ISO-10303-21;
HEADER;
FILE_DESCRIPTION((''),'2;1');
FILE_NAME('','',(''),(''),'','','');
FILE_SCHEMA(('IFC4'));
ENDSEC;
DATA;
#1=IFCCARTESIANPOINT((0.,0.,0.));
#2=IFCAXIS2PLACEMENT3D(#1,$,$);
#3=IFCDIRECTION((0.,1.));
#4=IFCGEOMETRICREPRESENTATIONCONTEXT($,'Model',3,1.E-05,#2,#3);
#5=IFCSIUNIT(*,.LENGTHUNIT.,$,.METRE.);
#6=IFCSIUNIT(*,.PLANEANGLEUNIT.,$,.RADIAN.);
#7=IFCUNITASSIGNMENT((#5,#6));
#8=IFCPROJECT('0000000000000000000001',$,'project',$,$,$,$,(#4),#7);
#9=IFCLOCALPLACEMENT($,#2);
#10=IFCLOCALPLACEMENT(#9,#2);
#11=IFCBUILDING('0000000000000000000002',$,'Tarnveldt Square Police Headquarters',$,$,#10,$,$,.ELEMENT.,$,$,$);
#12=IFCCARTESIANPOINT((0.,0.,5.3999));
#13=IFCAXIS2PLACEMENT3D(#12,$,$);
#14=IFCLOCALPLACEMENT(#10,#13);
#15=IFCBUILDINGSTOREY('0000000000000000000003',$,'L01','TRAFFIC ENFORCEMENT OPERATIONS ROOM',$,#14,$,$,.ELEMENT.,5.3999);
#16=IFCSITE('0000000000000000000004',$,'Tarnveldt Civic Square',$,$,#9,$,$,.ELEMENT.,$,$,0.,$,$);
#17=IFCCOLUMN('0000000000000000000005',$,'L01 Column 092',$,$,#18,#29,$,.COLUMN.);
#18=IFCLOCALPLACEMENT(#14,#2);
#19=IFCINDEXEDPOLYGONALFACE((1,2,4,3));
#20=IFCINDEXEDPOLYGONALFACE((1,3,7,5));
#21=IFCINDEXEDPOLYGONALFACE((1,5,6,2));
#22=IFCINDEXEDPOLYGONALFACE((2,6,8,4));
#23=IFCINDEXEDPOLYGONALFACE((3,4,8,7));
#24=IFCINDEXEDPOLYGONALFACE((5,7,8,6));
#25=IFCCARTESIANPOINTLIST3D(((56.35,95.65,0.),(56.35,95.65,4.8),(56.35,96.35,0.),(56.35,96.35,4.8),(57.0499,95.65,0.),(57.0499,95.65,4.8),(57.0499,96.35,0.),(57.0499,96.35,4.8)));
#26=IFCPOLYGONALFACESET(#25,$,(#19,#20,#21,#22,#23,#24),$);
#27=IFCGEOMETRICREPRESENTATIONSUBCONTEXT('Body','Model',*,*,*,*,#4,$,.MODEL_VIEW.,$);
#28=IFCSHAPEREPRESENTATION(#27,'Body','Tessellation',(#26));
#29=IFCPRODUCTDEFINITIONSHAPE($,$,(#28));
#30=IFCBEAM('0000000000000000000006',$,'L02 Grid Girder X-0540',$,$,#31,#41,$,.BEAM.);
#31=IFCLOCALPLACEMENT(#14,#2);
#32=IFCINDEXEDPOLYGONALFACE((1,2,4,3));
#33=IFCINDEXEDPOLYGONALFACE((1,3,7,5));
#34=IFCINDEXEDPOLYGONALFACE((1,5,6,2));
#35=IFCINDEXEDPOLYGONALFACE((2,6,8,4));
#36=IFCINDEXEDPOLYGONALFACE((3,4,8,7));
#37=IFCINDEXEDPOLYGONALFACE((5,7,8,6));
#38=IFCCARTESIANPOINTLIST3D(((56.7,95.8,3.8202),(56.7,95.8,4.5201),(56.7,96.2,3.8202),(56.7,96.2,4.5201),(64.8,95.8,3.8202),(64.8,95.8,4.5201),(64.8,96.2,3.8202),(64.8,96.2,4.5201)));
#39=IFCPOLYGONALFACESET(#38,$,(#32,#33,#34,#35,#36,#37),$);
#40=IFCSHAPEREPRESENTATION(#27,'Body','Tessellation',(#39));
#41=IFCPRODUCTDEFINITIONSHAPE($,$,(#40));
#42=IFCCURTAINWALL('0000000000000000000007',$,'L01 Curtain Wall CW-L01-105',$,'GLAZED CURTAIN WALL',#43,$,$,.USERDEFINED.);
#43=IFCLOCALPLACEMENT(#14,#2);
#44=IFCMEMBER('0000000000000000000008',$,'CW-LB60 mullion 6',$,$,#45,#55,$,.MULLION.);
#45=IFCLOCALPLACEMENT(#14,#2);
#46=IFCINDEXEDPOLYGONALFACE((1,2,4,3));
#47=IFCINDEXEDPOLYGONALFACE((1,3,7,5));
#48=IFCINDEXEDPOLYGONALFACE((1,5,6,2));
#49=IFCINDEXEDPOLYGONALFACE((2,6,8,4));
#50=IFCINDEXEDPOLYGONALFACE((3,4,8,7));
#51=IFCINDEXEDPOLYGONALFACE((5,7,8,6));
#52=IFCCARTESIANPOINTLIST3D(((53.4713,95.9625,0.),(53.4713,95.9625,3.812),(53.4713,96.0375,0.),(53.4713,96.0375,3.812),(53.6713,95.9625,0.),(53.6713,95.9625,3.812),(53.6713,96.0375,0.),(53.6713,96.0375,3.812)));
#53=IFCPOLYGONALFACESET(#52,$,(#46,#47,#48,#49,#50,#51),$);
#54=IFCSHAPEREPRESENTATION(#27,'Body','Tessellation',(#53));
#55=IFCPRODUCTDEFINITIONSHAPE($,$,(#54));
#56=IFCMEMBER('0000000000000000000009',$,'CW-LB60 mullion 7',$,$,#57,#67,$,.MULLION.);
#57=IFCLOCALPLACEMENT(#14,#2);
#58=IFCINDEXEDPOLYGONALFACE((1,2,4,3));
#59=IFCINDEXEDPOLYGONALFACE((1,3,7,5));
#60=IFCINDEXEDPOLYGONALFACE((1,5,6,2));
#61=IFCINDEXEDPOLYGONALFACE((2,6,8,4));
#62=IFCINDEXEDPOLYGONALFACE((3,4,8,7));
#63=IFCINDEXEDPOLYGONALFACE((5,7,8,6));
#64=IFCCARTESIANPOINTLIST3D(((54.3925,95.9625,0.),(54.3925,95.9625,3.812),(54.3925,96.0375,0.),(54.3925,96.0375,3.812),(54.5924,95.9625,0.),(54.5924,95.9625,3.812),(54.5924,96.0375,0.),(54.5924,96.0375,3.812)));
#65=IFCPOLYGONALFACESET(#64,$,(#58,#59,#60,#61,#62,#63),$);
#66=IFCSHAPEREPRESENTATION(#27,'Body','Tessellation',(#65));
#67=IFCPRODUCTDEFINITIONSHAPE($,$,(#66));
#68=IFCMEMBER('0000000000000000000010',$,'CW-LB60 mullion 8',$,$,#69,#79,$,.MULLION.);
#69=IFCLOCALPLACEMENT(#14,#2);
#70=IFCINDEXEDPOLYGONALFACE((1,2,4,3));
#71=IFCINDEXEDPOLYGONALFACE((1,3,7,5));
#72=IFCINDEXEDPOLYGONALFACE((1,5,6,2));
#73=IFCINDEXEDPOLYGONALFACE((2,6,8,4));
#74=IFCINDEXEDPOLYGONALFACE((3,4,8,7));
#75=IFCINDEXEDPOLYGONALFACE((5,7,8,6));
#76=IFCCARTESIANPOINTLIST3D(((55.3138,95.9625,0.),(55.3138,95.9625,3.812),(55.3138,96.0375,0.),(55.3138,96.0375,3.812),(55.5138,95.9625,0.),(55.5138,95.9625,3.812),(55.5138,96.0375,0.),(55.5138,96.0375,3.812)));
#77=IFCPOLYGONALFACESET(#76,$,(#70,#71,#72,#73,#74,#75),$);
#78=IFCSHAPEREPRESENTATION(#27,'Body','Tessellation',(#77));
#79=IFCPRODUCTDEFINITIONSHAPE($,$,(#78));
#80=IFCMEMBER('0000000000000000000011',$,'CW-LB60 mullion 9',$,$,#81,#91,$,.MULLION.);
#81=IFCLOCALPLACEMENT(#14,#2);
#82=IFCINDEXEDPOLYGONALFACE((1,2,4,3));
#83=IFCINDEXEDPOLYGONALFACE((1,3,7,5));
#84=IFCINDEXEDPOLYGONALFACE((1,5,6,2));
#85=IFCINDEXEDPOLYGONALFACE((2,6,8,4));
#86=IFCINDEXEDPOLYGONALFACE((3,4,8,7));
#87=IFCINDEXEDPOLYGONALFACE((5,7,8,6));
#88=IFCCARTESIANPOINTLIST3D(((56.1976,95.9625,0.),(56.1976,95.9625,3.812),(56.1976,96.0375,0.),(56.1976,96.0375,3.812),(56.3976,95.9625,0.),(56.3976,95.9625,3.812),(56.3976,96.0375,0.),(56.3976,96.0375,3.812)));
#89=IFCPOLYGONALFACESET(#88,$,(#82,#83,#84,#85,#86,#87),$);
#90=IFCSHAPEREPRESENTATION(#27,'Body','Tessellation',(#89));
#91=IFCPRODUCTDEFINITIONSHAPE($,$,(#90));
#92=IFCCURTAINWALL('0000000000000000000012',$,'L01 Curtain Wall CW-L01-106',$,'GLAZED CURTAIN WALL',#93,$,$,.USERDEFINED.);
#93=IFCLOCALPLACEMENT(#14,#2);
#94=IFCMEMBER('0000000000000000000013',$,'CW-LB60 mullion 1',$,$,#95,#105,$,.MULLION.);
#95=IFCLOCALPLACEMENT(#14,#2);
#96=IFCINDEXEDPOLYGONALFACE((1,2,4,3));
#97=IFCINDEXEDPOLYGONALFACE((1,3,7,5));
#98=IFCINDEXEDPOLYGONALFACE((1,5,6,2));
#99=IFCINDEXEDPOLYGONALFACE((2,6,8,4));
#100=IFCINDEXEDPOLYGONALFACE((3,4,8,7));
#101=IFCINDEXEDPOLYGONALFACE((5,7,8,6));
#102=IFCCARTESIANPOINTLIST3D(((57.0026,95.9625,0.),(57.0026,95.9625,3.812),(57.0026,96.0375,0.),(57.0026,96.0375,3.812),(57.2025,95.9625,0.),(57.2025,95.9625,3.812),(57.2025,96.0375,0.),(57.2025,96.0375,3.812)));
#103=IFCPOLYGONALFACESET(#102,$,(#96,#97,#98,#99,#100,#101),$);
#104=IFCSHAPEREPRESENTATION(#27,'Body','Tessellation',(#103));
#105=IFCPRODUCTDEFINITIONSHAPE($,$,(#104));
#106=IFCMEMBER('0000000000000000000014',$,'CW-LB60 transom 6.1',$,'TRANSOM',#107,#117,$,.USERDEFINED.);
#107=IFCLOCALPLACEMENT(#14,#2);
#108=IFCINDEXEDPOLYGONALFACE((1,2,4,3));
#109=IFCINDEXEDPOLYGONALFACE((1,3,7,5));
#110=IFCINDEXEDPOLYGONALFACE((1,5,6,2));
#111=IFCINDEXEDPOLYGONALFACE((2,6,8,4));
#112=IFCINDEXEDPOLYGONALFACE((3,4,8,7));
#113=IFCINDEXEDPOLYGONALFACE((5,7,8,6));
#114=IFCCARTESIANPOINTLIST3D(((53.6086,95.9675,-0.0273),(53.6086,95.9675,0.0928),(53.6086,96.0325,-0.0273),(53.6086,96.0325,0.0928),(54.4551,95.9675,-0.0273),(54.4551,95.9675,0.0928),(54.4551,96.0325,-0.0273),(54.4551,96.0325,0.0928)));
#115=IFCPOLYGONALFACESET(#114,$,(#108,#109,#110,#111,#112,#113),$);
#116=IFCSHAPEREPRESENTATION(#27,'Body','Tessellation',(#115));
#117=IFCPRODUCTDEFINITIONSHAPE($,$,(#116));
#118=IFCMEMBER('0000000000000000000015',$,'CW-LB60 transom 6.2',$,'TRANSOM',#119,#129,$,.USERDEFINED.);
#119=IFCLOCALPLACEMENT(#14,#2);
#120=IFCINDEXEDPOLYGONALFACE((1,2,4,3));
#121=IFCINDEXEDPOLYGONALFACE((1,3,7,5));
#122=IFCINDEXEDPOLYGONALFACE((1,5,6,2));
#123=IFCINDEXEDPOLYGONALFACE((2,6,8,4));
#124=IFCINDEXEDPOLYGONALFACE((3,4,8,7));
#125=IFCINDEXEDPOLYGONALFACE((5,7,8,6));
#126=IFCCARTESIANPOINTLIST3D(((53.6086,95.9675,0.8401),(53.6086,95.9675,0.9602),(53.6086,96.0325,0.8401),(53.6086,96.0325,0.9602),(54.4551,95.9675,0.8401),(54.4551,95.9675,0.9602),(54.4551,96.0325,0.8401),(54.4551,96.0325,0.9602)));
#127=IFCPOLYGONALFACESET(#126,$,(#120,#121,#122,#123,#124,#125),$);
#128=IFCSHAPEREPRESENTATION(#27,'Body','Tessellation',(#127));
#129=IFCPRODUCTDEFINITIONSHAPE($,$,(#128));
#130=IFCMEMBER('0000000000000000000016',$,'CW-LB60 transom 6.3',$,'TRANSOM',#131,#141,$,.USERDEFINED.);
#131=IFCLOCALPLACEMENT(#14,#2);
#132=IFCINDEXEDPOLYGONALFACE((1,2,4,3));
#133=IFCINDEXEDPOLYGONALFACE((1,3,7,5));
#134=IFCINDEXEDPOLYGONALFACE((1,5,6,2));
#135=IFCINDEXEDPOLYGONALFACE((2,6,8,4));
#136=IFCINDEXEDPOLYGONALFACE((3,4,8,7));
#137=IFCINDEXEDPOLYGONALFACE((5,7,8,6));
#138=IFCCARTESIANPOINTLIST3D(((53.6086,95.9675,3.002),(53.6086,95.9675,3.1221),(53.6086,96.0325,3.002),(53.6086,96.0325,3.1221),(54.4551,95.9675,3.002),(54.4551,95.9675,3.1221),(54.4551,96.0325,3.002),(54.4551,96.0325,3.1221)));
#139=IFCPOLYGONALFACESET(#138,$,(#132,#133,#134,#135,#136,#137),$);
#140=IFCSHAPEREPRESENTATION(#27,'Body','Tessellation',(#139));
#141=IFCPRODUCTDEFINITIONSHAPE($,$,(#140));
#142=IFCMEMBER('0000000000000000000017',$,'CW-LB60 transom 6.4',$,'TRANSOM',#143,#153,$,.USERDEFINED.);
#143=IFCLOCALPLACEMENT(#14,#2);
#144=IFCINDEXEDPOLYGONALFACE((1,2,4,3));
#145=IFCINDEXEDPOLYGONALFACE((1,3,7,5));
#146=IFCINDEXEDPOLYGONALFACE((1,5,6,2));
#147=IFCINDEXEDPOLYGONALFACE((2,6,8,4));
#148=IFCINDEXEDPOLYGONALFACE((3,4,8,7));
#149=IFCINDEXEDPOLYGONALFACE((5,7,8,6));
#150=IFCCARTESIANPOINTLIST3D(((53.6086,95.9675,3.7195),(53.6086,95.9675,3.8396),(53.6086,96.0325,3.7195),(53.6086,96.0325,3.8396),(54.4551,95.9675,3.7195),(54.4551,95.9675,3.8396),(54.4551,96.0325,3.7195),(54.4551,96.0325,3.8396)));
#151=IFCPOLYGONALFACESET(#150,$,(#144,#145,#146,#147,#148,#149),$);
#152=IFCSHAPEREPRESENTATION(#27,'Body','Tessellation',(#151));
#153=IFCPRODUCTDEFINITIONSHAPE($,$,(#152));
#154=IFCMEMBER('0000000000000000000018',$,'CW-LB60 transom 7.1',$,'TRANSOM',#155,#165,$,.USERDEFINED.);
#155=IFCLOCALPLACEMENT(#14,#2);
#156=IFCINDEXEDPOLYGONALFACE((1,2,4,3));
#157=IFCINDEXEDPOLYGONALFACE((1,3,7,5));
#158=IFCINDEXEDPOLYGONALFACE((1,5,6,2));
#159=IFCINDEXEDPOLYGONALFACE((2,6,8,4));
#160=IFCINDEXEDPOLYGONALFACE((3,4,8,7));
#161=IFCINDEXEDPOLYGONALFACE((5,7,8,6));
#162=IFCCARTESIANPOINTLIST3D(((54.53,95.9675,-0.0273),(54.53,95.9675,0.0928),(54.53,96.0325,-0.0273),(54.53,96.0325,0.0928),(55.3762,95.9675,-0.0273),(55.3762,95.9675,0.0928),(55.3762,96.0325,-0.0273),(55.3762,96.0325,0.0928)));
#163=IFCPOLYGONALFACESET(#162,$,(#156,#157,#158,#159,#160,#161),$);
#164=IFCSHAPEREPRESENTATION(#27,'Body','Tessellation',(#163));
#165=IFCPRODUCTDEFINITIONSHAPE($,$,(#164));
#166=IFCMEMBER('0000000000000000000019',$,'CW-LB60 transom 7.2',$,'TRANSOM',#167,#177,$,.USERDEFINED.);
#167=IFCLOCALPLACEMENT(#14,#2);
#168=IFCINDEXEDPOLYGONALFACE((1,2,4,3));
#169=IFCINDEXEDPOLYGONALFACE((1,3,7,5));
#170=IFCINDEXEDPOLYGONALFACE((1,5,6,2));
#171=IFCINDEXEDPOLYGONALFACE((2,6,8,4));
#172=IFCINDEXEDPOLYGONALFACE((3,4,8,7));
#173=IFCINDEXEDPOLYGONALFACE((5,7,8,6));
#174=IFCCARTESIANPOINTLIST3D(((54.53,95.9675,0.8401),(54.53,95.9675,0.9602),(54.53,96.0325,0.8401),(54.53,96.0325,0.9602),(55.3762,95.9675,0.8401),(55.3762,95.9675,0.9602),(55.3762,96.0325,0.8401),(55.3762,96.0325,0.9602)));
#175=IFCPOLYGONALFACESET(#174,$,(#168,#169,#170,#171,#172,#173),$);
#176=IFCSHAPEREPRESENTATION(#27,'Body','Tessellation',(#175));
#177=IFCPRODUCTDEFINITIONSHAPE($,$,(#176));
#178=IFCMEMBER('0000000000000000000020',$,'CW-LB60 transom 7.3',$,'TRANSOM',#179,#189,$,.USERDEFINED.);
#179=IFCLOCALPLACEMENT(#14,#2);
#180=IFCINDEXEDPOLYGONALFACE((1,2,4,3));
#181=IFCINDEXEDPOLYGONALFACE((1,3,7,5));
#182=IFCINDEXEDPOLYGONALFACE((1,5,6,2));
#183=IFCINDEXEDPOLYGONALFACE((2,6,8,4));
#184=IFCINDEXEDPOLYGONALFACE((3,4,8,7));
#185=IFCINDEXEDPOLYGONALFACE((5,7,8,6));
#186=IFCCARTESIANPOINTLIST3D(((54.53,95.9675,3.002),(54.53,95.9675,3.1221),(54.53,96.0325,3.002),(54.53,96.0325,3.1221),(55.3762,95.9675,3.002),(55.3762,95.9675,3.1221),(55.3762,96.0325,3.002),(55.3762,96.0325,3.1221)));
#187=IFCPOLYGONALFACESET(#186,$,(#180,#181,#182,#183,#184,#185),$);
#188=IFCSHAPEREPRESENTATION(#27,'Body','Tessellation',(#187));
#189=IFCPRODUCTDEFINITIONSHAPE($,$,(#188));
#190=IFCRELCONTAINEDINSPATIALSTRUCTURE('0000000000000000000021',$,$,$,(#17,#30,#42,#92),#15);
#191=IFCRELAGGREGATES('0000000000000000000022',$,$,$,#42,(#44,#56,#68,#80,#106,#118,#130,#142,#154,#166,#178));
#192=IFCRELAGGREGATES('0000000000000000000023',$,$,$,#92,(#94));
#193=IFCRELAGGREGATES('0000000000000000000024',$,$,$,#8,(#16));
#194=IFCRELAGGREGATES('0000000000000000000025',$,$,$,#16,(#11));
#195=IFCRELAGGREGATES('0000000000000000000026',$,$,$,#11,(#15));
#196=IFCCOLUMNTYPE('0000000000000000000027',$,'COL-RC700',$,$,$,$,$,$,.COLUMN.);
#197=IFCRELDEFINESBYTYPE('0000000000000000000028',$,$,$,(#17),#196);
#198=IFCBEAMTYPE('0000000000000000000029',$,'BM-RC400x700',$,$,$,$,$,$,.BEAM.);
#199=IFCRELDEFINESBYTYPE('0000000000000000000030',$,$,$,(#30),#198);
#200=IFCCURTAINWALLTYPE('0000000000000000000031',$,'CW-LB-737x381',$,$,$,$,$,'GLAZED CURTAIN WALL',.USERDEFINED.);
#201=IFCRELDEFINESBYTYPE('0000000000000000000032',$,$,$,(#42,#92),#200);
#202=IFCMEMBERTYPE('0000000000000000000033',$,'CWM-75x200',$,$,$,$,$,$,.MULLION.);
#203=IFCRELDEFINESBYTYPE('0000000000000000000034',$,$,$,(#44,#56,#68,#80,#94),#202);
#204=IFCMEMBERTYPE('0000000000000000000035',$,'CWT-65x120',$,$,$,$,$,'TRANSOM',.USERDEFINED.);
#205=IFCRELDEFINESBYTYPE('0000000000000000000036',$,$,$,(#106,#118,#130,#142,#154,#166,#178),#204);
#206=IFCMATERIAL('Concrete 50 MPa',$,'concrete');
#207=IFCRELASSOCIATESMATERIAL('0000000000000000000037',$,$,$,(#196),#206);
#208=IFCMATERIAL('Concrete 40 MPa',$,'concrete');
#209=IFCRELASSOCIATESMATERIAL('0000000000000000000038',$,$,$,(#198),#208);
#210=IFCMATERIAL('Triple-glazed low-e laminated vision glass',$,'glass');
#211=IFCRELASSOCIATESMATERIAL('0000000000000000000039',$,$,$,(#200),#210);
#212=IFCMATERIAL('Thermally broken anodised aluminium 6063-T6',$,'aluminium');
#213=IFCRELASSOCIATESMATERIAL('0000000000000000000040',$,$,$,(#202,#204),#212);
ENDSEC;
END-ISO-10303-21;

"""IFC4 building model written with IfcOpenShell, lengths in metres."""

from ifc_helpers import new_model, si_unit, direction, frame, origin, origin_2d, place, context, subcontext, project, spatial, rectangle, extrude, material, material_profile, profile_set, type_object, element, aggregate, save


model = new_model("IFC4")

# Units and contexts
model_context = context("Model", 3, precision=1e-05, world=origin(), true_north=direction((0.0, 1.0)))
body_context = subcontext(model_context, "Body", "Model", "MODEL_VIEW")
ifc_project = project(units=[si_unit("LENGTHUNIT", "METRE"), si_unit("PLANEANGLEUNIT", "RADIAN")], contexts=[model_context])

# Site, building, storey
site_placement = place(None, origin())
site = spatial("IfcSite", under=ifc_project, at=site_placement, Name="Tarnveldt Civic Square", CompositionType="ELEMENT", RefElevation=0.0)
building_placement = place(site_placement, origin())
building = spatial("IfcBuilding", under=site, at=building_placement, Name="Tarnveldt Square Police Headquarters", CompositionType="ELEMENT")
storey_placement = place(building_placement, frame((0.0, 0.0, 5.3999)))
storey = spatial("IfcBuildingStorey", under=building, at=storey_placement, Name="L01", Description="TRAFFIC ENFORCEMENT OPERATIONS ROOM", CompositionType="ELEMENT", Elevation=5.3999)

# Column
ifc_material_1 = material(Name="Concrete 50 MPa", Category="concrete")
ifc_material_profile_1 = material_profile(ifc_material_1, rectangle(XDim=0.7, YDim=0.7, at=origin_2d()), Name="RC-C700x700")
ifc_profile_set_1 = profile_set([ifc_material_profile_1], Name="Concrete 50 MPa")
column_type = type_object("IfcColumnType", Name="COL-RC700", PredefinedType="COLUMN", material=ifc_profile_set_1)
column_placement = place(storey_placement, frame((56.7, 96.0, 0.0), z_axis=(0.0, 0.0, 1.0), x_axis=(1.0, 0.0, 0.0)))
element("IfcColumn", 1, at=column_placement, inside=storey, type_object=column_type, Name="L01 Column 092", PredefinedType="COLUMN", context=body_context, shape_type="SweptSolid", body=[
    extrude(rectangle(XDim=0.7, YDim=0.7, at=origin_2d()), origin(), (0.0, 0.0, 1.0), 4.8),
])

# Beam
ifc_material_2 = material(Name="Concrete 40 MPa", Category="concrete")
ifc_material_profile_2 = material_profile(ifc_material_2, rectangle(XDim=0.3999, YDim=0.7, at=origin_2d()), Name="RC-B400x700")
ifc_profile_set_2 = profile_set([ifc_material_profile_2], Name="Concrete 40 MPa")
beam_type = type_object("IfcBeamType", Name="BM-RC400x700", PredefinedType="BEAM", material=ifc_profile_set_2)
beam_placement = place(storey_placement, frame((56.7, 96.0, 4.1702), z_axis=(1.0, 0.0, 0.0), x_axis=(0.0, 1.0, 0.0)))
element("IfcBeam", 2, at=beam_placement, inside=storey, type_object=beam_type, Name="L02 Grid Girder X-0540", PredefinedType="BEAM", context=body_context, shape_type="SweptSolid", body=[
    extrude(rectangle(XDim=0.3999, YDim=0.7, at=origin_2d()), origin(), (0.0, 0.0, 1.0), 8.1001),
])

# Curtain wall, members
ifc_material_3 = material(Name="Triple-glazed low-e laminated vision glass", Category="glass")
curtain_wall_type = type_object("IfcCurtainWallType", Name="CW-LB-737x381", ElementType="GLAZED CURTAIN WALL", PredefinedType="USERDEFINED", material=ifc_material_3)
curtain_wall_1_placement = place(storey_placement, origin())
curtain_wall_1 = element("IfcCurtainWall", 3, at=curtain_wall_1_placement, inside=storey, type_object=curtain_wall_type, Name="L01 Curtain Wall CW-L01-105", ObjectType="GLAZED CURTAIN WALL", PredefinedType="USERDEFINED")
ifc_material_4 = material(Name="Thermally broken anodised aluminium 6063-T6", Category="aluminium")
ifc_material_profile_3 = material_profile(ifc_material_4, rectangle(XDim=0.075, YDim=0.2, at=origin_2d()), Name="CW-M75x200")
ifc_profile_set_3 = profile_set([ifc_material_profile_3], Name="Thermally broken anodised aluminium 6063-T6")
member_type_1 = type_object("IfcMemberType", Name="CWM-75x200", PredefinedType="MULLION", material=ifc_profile_set_3)
member_1_placement = place(storey_placement, frame((53.5713, 96.0, 0.0), z_axis=(0.0, 0.0, 1.0), x_axis=(0.0, 1.0, 0.0)))
member_1 = element("IfcMember", 4, at=member_1_placement, type_object=member_type_1, Name="CW-LB60 mullion 6", PredefinedType="MULLION", context=body_context, shape_type="SweptSolid", body=[
    extrude(rectangle(XDim=0.075, YDim=0.2, at=origin_2d()), origin(), (0.0, 0.0, 1.0), 3.812),
])
member_2_placement = place(storey_placement, frame((54.4924, 96.0, 0.0), z_axis=(0.0, 0.0, 1.0), x_axis=(0.0, 1.0, 0.0)))
member_2 = element("IfcMember", 5, at=member_2_placement, type_object=member_type_1, Name="CW-LB60 mullion 7", PredefinedType="MULLION", context=body_context, shape_type="SweptSolid", body=[
    extrude(rectangle(XDim=0.075, YDim=0.2, at=origin_2d()), origin(), (0.0, 0.0, 1.0), 3.812),
])
member_3_placement = place(storey_placement, frame((55.4138, 96.0, 0.0), z_axis=(0.0, 0.0, 1.0), x_axis=(0.0, 1.0, 0.0)))
member_3 = element("IfcMember", 6, at=member_3_placement, type_object=member_type_1, Name="CW-LB60 mullion 8", PredefinedType="MULLION", context=body_context, shape_type="SweptSolid", body=[
    extrude(rectangle(XDim=0.075, YDim=0.2, at=origin_2d()), origin(), (0.0, 0.0, 1.0), 3.812),
])
member_4_placement = place(storey_placement, frame((56.2976, 96.0, 0.0), z_axis=(0.0, 0.0, 1.0), x_axis=(0.0, 1.0, 0.0)))
member_4 = element("IfcMember", 7, at=member_4_placement, type_object=member_type_1, Name="CW-LB60 mullion 9", PredefinedType="MULLION", context=body_context, shape_type="SweptSolid", body=[
    extrude(rectangle(XDim=0.075, YDim=0.2, at=origin_2d()), origin(), (0.0, 0.0, 1.0), 3.812),
])

# Curtain wall, member
curtain_wall_2_placement = place(storey_placement, origin())
curtain_wall_2 = element("IfcCurtainWall", 8, at=curtain_wall_2_placement, inside=storey, type_object=curtain_wall_type, Name="L01 Curtain Wall CW-L01-106", ObjectType="GLAZED CURTAIN WALL", PredefinedType="USERDEFINED")
member_5_placement = place(storey_placement, frame((57.1025, 96.0, 0.0), z_axis=(0.0, 0.0, 1.0), x_axis=(0.0, 1.0, 0.0)))
member_5 = element("IfcMember", 9, at=member_5_placement, type_object=member_type_1, Name="CW-LB60 mullion 1", PredefinedType="MULLION", context=body_context, shape_type="SweptSolid", body=[
    extrude(rectangle(XDim=0.075, YDim=0.2, at=origin_2d()), origin(), (0.0, 0.0, 1.0), 3.812),
])

# Members
ifc_material_profile_4 = material_profile(ifc_material_4, rectangle(XDim=0.0649, YDim=0.1201, at=origin_2d()), Name="CW-T65x120")
ifc_profile_set_4 = profile_set([ifc_material_profile_4], Name="Thermally broken anodised aluminium 6063-T6")
member_type_2 = type_object("IfcMemberType", Name="CWT-65x120", ElementType="TRANSOM", PredefinedType="USERDEFINED", material=ifc_profile_set_4)
member_6_placement = place(storey_placement, frame((53.6086, 96.0, 0.0327), z_axis=(1.0, 0.0, 0.0), x_axis=(0.0, 1.0, 0.0)))
member_6 = element("IfcMember", 10, at=member_6_placement, type_object=member_type_2, Name="CW-LB60 transom 6.1", ObjectType="TRANSOM", PredefinedType="USERDEFINED", context=body_context, shape_type="SweptSolid", body=[
    extrude(rectangle(XDim=0.0649, YDim=0.1201, at=origin_2d()), origin(), (0.0, 0.0, 1.0), 0.8464),
])
member_7_placement = place(storey_placement, frame((53.6086, 96.0, 0.9001), z_axis=(1.0, 0.0, 0.0), x_axis=(0.0, 1.0, 0.0)))
member_7 = element("IfcMember", 11, at=member_7_placement, type_object=member_type_2, Name="CW-LB60 transom 6.2", ObjectType="TRANSOM", PredefinedType="USERDEFINED", context=body_context, shape_type="SweptSolid", body=[
    extrude(rectangle(XDim=0.0649, YDim=0.1201, at=origin_2d()), origin(), (0.0, 0.0, 1.0), 0.8464),
])
member_8_placement = place(storey_placement, frame((53.6086, 96.0, 3.062), z_axis=(1.0, 0.0, 0.0), x_axis=(0.0, 1.0, 0.0)))
member_8 = element("IfcMember", 12, at=member_8_placement, type_object=member_type_2, Name="CW-LB60 transom 6.3", ObjectType="TRANSOM", PredefinedType="USERDEFINED", context=body_context, shape_type="SweptSolid", body=[
    extrude(rectangle(XDim=0.0649, YDim=0.1201, at=origin_2d()), origin(), (0.0, 0.0, 1.0), 0.8464),
])
member_9_placement = place(storey_placement, frame((53.6086, 96.0, 3.7795), z_axis=(1.0, 0.0, 0.0), x_axis=(0.0, 1.0, 0.0)))
member_9 = element("IfcMember", 13, at=member_9_placement, type_object=member_type_2, Name="CW-LB60 transom 6.4", ObjectType="TRANSOM", PredefinedType="USERDEFINED", context=body_context, shape_type="SweptSolid", body=[
    extrude(rectangle(XDim=0.0649, YDim=0.1201, at=origin_2d()), origin(), (0.0, 0.0, 1.0), 0.8464),
])
member_10_placement = place(storey_placement, frame((54.53, 96.0, 0.0327), z_axis=(1.0, 0.0, 0.0), x_axis=(0.0, 1.0, 0.0)))
member_10 = element("IfcMember", 14, at=member_10_placement, type_object=member_type_2, Name="CW-LB60 transom 7.1", ObjectType="TRANSOM", PredefinedType="USERDEFINED", context=body_context, shape_type="SweptSolid", body=[
    extrude(rectangle(XDim=0.0649, YDim=0.1201, at=origin_2d()), origin(), (0.0, 0.0, 1.0), 0.8462),
])
member_11_placement = place(storey_placement, frame((54.53, 96.0, 0.9001), z_axis=(1.0, 0.0, 0.0), x_axis=(0.0, 1.0, 0.0)))
member_11 = element("IfcMember", 15, at=member_11_placement, type_object=member_type_2, Name="CW-LB60 transom 7.2", ObjectType="TRANSOM", PredefinedType="USERDEFINED", context=body_context, shape_type="SweptSolid", body=[
    extrude(rectangle(XDim=0.0649, YDim=0.1201, at=origin_2d()), origin(), (0.0, 0.0, 1.0), 0.8462),
])
member_12_placement = place(storey_placement, frame((54.53, 96.0, 3.062), z_axis=(1.0, 0.0, 0.0), x_axis=(0.0, 1.0, 0.0)))
member_12 = element("IfcMember", 16, at=member_12_placement, type_object=member_type_2, Name="CW-LB60 transom 7.3", ObjectType="TRANSOM", PredefinedType="USERDEFINED", context=body_context, shape_type="SweptSolid", body=[
    extrude(rectangle(XDim=0.0649, YDim=0.1201, at=origin_2d()), origin(), (0.0, 0.0, 1.0), 0.8462),
])

aggregate(curtain_wall_1, [member_1, member_2, member_3, member_4, member_6, member_7, member_8, member_9, member_10, member_11, member_12])
aggregate(curtain_wall_2, [member_5])

save(model, "model.ifc")
